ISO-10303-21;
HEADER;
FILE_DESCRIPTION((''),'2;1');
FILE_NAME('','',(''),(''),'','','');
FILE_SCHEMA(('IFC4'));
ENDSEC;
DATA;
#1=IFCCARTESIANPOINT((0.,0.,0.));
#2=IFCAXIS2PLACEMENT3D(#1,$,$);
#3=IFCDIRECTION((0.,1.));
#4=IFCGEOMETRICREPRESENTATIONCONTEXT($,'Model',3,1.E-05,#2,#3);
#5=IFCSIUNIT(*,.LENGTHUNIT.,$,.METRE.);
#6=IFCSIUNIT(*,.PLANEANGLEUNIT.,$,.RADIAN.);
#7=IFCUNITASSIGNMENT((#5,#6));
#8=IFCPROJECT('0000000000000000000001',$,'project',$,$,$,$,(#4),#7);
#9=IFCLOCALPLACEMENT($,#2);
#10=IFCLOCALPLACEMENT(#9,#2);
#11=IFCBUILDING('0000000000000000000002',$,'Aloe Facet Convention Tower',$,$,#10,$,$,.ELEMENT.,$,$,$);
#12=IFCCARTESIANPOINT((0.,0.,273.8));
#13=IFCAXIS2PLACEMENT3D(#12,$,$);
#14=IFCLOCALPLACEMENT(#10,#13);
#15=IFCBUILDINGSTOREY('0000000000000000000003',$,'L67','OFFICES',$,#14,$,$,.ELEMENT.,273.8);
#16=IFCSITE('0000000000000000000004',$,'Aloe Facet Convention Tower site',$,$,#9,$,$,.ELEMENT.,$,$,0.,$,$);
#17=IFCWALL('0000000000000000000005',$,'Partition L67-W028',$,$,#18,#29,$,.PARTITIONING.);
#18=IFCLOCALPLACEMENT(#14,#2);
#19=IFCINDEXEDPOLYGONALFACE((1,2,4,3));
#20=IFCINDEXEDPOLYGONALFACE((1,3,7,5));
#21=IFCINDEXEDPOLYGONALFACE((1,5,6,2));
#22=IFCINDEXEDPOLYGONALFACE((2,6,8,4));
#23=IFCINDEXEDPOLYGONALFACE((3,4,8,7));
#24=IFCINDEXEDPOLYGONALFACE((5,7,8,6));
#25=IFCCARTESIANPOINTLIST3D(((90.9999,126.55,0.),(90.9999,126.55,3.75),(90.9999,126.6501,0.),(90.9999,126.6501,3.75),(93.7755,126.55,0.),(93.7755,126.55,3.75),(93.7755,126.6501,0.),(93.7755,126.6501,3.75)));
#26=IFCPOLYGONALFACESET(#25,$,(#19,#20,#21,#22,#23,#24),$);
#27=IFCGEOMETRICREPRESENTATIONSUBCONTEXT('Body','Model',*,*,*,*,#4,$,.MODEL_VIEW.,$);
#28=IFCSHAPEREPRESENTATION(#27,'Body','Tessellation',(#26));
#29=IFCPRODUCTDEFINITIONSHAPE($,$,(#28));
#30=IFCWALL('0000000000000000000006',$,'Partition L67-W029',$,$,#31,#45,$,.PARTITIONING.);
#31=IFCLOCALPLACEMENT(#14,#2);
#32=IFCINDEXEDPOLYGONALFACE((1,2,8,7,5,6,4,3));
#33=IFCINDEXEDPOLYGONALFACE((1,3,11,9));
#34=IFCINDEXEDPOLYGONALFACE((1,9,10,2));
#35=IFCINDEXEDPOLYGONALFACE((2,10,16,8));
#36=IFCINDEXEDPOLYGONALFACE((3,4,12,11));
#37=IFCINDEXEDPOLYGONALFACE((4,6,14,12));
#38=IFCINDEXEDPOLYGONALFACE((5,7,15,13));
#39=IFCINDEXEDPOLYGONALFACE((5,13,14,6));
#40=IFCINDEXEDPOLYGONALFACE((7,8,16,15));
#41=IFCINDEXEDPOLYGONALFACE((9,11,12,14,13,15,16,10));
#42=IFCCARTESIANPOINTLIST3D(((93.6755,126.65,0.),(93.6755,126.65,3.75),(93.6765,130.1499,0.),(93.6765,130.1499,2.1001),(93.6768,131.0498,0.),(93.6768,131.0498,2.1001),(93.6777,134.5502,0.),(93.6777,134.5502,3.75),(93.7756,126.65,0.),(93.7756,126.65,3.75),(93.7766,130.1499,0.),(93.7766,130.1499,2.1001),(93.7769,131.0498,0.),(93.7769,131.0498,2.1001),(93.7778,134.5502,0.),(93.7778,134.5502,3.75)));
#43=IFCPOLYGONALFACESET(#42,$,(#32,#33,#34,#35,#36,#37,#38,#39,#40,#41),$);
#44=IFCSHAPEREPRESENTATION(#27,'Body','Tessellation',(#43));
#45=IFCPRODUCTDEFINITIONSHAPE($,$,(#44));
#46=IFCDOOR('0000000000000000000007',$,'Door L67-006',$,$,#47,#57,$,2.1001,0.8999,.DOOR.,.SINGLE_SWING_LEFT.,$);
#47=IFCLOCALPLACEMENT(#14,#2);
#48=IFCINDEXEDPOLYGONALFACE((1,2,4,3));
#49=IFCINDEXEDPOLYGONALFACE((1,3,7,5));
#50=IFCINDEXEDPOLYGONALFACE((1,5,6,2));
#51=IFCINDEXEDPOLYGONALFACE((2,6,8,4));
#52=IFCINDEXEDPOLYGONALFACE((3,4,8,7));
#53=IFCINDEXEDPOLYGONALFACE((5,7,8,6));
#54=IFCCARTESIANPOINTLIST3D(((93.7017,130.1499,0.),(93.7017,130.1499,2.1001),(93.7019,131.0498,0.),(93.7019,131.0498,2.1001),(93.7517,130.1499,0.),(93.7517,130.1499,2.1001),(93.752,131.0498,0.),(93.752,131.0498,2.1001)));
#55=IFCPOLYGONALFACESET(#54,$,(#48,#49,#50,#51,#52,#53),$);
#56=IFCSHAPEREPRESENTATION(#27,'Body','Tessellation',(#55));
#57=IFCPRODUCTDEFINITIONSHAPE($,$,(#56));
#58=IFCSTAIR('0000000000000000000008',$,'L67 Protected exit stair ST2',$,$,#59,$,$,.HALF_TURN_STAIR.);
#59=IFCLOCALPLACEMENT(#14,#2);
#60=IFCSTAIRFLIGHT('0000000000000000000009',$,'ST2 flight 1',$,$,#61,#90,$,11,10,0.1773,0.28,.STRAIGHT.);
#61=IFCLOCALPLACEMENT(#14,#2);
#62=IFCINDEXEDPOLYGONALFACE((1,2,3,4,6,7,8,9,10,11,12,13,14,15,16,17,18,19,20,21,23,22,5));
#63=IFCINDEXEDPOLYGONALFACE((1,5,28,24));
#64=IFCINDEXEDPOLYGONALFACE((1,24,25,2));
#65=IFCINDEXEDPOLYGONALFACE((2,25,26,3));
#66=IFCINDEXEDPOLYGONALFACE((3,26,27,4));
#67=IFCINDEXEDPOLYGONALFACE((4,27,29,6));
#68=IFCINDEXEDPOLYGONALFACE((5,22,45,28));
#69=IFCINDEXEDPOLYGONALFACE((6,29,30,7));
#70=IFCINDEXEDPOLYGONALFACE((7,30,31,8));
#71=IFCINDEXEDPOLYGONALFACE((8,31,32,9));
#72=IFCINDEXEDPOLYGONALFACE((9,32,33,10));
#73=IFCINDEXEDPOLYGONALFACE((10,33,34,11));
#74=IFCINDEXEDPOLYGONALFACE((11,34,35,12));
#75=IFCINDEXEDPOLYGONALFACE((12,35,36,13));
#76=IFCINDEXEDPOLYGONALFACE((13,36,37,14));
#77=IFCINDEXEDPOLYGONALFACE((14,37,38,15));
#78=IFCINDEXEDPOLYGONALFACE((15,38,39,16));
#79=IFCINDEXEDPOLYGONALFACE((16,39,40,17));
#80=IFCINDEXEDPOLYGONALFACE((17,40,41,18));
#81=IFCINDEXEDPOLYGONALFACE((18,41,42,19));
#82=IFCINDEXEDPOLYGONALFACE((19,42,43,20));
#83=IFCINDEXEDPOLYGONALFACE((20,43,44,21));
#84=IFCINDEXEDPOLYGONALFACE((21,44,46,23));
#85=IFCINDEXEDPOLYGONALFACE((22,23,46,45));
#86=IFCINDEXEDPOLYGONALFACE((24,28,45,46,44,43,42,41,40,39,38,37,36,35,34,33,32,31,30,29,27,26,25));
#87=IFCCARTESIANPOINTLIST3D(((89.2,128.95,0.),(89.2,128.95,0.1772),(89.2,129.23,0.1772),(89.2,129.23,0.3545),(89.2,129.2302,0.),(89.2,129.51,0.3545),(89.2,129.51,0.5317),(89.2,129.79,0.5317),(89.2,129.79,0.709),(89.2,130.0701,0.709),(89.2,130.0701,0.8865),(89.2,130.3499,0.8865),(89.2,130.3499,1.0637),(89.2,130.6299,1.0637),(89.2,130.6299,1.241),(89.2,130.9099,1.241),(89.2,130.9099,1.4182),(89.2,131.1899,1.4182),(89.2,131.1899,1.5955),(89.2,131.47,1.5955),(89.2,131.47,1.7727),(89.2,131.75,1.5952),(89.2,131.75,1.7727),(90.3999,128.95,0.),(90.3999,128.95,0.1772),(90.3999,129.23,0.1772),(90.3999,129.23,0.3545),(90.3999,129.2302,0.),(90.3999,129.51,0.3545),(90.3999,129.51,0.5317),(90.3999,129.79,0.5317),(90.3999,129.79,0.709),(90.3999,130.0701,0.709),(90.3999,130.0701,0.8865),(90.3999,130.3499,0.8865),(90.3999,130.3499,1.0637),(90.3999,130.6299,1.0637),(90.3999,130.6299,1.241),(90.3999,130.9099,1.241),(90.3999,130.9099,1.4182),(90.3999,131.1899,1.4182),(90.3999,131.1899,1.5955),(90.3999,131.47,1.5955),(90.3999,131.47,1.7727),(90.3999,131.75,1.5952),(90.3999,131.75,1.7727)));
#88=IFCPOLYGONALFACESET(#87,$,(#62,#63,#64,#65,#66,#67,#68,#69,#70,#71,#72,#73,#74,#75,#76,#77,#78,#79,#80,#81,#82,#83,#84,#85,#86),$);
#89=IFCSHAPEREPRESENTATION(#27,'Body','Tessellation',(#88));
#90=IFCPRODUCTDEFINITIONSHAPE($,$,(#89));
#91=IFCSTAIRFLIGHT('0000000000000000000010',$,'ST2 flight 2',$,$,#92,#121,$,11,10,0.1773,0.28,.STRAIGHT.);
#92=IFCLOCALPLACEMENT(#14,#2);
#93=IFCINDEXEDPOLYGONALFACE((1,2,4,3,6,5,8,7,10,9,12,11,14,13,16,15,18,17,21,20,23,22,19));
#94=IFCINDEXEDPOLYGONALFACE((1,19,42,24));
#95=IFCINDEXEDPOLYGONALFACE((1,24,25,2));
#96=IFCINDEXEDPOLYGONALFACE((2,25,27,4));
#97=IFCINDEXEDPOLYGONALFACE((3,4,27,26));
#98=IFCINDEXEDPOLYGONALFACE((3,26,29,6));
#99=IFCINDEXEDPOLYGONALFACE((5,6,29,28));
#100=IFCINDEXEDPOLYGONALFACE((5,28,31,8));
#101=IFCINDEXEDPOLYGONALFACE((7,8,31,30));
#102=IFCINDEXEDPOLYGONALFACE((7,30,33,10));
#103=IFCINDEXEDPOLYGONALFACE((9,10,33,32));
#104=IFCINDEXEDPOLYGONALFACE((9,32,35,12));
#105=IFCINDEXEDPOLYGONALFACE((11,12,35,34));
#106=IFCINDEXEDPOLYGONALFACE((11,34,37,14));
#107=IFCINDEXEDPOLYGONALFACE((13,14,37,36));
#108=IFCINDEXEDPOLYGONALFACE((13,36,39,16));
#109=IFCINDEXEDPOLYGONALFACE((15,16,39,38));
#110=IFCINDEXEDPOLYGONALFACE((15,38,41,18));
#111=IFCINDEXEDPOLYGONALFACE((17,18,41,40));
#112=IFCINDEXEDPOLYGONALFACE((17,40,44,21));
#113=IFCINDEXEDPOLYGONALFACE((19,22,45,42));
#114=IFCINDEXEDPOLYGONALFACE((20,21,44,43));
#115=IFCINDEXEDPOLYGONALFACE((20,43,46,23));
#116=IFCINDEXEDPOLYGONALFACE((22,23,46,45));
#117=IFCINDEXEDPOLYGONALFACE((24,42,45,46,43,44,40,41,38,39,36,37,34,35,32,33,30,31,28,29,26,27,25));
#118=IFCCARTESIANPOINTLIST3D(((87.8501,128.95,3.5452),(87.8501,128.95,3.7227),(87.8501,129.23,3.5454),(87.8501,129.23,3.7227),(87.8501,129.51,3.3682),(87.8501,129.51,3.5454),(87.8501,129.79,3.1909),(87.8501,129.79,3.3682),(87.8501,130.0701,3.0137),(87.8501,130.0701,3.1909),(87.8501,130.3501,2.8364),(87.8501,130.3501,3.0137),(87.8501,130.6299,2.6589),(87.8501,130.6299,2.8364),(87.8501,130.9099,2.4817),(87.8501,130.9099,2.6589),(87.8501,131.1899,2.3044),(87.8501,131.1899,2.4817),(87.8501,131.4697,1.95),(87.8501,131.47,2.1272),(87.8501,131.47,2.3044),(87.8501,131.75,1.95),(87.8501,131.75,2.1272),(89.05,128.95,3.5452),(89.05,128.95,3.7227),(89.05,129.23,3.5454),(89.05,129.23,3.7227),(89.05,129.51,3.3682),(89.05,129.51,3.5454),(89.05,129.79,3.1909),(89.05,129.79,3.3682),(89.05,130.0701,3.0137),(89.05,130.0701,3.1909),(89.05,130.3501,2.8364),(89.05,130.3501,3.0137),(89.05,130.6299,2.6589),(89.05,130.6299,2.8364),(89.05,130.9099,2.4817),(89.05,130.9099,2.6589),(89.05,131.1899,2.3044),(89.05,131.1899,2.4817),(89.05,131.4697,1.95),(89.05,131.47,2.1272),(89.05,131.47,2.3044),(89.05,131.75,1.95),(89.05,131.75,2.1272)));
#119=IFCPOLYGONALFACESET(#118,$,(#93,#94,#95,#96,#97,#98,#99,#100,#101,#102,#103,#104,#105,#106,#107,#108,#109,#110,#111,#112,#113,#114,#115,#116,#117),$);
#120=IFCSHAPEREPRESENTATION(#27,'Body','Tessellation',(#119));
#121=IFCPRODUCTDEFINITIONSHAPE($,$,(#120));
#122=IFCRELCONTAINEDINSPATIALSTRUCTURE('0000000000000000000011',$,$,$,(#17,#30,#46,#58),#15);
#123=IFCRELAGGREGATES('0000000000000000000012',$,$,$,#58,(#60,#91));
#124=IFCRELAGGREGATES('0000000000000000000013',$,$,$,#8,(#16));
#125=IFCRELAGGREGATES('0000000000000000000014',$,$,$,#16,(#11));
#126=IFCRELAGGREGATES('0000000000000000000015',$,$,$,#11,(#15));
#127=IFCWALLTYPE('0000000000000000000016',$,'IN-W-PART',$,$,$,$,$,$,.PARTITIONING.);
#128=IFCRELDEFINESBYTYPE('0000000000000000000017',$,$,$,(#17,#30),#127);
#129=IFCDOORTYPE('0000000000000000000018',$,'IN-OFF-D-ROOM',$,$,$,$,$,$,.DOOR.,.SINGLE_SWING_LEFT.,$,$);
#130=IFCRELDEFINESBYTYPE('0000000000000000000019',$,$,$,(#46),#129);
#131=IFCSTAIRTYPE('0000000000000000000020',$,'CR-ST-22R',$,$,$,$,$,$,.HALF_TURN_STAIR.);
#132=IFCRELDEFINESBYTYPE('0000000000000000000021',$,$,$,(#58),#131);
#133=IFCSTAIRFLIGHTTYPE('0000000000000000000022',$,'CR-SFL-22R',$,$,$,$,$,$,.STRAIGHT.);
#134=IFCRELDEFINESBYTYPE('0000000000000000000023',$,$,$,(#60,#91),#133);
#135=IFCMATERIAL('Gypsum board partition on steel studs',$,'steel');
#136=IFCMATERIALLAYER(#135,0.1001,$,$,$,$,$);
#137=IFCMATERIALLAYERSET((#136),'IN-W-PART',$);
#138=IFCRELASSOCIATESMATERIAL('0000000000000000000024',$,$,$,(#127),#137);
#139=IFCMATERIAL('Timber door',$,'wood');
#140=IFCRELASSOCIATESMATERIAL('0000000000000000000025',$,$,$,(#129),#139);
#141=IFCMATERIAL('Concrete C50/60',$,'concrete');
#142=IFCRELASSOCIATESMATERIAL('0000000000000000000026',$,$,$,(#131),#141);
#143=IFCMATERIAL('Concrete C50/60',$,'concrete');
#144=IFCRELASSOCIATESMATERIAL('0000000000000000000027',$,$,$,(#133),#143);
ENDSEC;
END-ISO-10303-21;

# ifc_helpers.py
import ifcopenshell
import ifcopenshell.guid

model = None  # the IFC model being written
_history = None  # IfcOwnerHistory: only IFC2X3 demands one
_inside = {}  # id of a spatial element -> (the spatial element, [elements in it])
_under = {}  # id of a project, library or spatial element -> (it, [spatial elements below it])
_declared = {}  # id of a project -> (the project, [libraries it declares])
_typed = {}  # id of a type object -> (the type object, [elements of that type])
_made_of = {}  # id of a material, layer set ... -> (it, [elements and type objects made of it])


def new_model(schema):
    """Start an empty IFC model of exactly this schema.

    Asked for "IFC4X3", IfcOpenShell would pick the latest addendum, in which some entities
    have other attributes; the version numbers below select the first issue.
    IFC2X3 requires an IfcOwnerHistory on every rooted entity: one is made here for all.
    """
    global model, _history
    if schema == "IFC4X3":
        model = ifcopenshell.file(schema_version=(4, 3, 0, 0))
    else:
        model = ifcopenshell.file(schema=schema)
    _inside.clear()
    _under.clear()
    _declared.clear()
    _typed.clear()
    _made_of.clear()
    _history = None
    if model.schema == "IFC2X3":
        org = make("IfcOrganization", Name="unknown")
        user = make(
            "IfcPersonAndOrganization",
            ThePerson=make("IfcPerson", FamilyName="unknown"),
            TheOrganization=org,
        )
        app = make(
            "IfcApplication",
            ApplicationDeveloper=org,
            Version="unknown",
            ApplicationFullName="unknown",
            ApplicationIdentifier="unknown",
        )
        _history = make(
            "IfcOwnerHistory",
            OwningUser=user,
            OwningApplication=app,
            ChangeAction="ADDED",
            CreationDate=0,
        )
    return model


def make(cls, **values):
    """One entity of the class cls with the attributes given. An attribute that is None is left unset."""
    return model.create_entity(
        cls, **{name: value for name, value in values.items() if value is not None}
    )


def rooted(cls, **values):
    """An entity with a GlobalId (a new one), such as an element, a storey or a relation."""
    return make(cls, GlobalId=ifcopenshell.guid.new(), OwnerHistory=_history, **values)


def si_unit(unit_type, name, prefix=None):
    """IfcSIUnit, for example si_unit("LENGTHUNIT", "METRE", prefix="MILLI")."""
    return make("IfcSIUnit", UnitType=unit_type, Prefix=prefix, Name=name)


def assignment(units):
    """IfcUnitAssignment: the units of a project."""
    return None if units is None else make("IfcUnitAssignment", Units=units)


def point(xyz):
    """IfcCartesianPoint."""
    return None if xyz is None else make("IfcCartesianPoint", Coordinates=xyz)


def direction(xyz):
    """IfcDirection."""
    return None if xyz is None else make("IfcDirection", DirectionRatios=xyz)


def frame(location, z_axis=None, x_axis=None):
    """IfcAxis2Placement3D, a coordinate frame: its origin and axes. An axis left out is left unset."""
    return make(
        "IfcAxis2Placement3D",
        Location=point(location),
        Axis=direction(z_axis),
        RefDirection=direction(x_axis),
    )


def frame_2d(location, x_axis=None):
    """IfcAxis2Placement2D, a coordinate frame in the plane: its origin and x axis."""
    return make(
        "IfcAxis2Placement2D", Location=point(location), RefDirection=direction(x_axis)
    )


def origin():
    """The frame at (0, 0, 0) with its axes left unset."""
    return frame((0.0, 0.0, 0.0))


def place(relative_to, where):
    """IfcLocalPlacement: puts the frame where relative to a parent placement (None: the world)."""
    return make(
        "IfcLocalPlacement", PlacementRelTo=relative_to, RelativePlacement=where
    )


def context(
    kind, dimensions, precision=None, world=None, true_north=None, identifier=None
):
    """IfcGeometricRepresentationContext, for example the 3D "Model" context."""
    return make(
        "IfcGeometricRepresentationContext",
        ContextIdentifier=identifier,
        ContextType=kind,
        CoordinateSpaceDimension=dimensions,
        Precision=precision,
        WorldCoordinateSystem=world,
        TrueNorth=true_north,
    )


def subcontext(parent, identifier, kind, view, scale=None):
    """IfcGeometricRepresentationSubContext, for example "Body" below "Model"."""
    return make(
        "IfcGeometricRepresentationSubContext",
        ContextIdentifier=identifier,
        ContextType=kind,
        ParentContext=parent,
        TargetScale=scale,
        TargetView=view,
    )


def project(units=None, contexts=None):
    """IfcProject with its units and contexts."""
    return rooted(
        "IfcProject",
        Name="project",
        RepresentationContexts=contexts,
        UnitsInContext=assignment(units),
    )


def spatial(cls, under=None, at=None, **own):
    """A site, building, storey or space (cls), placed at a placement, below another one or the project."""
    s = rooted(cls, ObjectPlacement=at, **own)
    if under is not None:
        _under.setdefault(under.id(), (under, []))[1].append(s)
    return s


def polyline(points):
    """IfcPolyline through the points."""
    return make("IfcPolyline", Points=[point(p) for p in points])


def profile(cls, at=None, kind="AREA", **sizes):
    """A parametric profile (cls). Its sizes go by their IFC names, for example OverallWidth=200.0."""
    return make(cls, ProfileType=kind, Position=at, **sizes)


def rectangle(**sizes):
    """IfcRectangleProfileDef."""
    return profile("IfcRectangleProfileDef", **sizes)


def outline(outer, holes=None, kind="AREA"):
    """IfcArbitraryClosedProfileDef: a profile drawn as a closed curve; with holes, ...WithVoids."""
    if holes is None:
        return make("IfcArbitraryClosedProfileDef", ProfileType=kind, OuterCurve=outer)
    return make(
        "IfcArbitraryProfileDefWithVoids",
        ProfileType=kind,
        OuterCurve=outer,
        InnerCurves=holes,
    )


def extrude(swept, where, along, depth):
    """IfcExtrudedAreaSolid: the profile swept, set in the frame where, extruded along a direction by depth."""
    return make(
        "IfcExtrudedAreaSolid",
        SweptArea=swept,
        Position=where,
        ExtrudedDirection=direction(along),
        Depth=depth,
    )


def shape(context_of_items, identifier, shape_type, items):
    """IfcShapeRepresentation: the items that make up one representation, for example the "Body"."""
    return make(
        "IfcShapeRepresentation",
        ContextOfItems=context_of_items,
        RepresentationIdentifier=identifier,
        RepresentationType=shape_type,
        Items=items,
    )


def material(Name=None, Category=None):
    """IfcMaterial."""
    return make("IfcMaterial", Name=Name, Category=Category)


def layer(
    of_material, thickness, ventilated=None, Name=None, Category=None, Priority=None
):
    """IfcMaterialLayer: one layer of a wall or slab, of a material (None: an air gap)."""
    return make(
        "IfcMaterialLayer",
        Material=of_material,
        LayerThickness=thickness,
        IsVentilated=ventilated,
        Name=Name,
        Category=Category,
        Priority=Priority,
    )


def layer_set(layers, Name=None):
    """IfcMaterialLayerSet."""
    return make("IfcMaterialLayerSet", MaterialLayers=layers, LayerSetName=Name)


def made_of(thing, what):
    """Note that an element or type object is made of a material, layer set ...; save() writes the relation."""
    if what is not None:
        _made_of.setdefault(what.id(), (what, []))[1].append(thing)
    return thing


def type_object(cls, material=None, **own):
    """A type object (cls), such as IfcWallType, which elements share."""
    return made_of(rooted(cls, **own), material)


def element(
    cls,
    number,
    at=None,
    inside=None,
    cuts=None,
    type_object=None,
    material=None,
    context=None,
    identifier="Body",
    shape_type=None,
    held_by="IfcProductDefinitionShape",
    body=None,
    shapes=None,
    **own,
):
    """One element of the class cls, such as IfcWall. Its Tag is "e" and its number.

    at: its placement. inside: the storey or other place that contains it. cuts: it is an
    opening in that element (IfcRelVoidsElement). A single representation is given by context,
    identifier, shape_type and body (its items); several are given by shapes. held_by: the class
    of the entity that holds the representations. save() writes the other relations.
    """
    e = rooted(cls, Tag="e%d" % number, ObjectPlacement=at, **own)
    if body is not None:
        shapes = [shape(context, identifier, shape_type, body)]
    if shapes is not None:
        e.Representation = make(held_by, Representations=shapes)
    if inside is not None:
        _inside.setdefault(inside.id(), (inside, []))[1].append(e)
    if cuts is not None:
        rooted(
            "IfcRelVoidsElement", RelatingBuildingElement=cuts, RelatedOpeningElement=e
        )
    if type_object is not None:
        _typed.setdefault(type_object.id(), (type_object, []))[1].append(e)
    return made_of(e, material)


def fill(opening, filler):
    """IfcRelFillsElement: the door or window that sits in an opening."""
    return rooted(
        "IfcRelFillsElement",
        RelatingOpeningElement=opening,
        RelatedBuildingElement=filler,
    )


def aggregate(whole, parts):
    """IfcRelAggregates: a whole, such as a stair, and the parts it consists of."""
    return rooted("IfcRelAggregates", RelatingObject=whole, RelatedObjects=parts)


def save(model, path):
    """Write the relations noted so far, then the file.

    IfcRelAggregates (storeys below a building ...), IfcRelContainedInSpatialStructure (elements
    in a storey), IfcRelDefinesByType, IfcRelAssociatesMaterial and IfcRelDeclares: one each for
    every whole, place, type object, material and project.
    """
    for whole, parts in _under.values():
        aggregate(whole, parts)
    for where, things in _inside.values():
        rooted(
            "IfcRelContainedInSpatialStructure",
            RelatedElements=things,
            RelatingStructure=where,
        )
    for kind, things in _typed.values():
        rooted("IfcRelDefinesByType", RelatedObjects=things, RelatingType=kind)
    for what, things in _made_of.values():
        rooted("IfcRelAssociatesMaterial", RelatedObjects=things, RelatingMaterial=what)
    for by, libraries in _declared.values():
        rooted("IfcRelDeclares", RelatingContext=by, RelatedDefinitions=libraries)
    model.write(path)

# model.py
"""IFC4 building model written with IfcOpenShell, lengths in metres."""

from ifc_helpers import new_model, si_unit, direction, frame, frame_2d, origin, place, context, subcontext, project, spatial, polyline, rectangle, outline, extrude, material, layer, layer_set, type_object, element, fill, aggregate, save


model = new_model("IFC4")

# Units and contexts
model_context = context("Model", 3, precision=1e-05, world=origin(), true_north=direction((0.0, 1.0)))
body_context = subcontext(model_context, "Body", "Model", "MODEL_VIEW")
ifc_project = project(units=[si_unit("LENGTHUNIT", "METRE"), si_unit("PLANEANGLEUNIT", "RADIAN")], contexts=[model_context])

# Site, building, storey
site_placement = place(None, origin())
site = spatial("IfcSite", under=ifc_project, at=site_placement, Name="Aloe Facet Convention Tower site", CompositionType="ELEMENT", RefElevation=0.0)
building_placement = place(site_placement, origin())
building = spatial("IfcBuilding", under=site, at=building_placement, Name="Aloe Facet Convention Tower", CompositionType="ELEMENT")
storey_placement = place(building_placement, frame((0.0, 0.0, 273.8)))
storey = spatial("IfcBuildingStorey", under=building, at=storey_placement, Name="L67", Description="OFFICES", CompositionType="ELEMENT", Elevation=273.8)

# Wall
ifc_material_1 = material(Name="Gypsum board partition on steel studs", Category="steel")
ifc_layer_1 = layer(ifc_material_1, 0.1001)
ifc_layer_set_1 = layer_set([ifc_layer_1], Name="IN-W-PART")
wall_type_1 = type_object("IfcWallType", Name="IN-W-PART", PredefinedType="PARTITIONING", material=ifc_layer_set_1)
wall_1_placement = place(storey_placement, frame((91.0, 126.6001, 0.0), z_axis=(0.0, 0.0, 1.0), x_axis=(1.0, 0.0, 0.0)))
element("IfcWall", 1, at=wall_1_placement, inside=storey, type_object=wall_type_1, Name="Partition L67-W028", PredefinedType="PARTITIONING", context=body_context, shape_type="SweptSolid", body=[
    extrude(rectangle(XDim=2.7756, YDim=0.1001, at=frame_2d((1.3877, 0.0))), origin(), (0.0, 0.0, 1.0), 3.75),
])

# Wall, opening, door
wall_2_placement = place(storey_placement, frame((93.7256, 126.6499, 0.0), z_axis=(0.0, 0.0, 1.0), x_axis=(0.000278, 1.0, 0.0)))
wall_2 = element("IfcWall", 2, at=wall_2_placement, inside=storey, type_object=wall_type_1, Name="Partition L67-W029", PredefinedType="PARTITIONING", context=body_context, shape_type="SweptSolid", body=[
    extrude(rectangle(XDim=7.9001, YDim=0.1001, at=frame_2d((3.9502, 0.0))), origin(), (0.0, 0.0, 1.0), 3.75),
])
opening_1_placement = place(wall_2_placement, frame((3.5, 0.0, 0.0)))
opening_1 = element("IfcOpeningElement", 3, at=opening_1_placement, cuts=wall_2, PredefinedType="OPENING", context=body_context, shape_type="SweptSolid", body=[
    extrude(rectangle(XDim=0.8999, YDim=2.1001, at=frame_2d((0.45, 1.05))), frame((0.0, 0.0601, 0.0), z_axis=(0.0, -1.0, 0.0), x_axis=(1.0, 0.0, 0.0)), (0.0, 0.0, 1.0), 0.1201),
])
ifc_material_2 = material(Name="Timber door", Category="wood")
door_type = type_object("IfcDoorType", Name="IN-OFF-D-ROOM", OperationType="SINGLE_SWING_LEFT", PredefinedType="DOOR", material=ifc_material_2)
door_placement = place(opening_1_placement, origin())
door = element("IfcDoor", 4, at=door_placement, inside=storey, type_object=door_type, Name="Door L67-006", OperationType="SINGLE_SWING_LEFT", OverallHeight=2.1001, OverallWidth=0.8999, PredefinedType="DOOR", context=body_context, shape_type="SweptSolid", body=[
    extrude(rectangle(XDim=0.8999, YDim=2.1001, at=frame_2d((0.45, 1.05))), frame((0.0, 0.0249, 0.0), z_axis=(0.0, -1.0, 0.0), x_axis=(1.0, 0.0, 0.0)), (0.0, 0.0, 1.0), 0.05),
])
fill(opening_1, door)

# Stair, stair flights
ifc_material_3 = material(Name="Concrete C50/60", Category="concrete")
stair_type = type_object("IfcStairType", Name="CR-ST-22R", PredefinedType="HALF_TURN_STAIR", material=ifc_material_3)
stair_placement = place(storey_placement, origin())
stair = element("IfcStair", 5, at=stair_placement, inside=storey, type_object=stair_type, Name="L67 Protected exit stair ST2", PredefinedType="HALF_TURN_STAIR")
ifc_material_4 = material(Name="Concrete C50/60", Category="concrete")
stair_flight_type = type_object("IfcStairFlightType", Name="CR-SFL-22R", PredefinedType="STRAIGHT", material=ifc_material_4)
stair_flight_1_placement = place(storey_placement, frame((89.8, 128.95, 0.0), z_axis=(0.0, 0.0, 1.0), x_axis=(0.0, 1.0, 0.0)))
stair_flight_1 = element("IfcStairFlight", 6, at=stair_flight_1_placement, type_object=stair_flight_type, Name="ST2 flight 1", NumberOfRisers=11, NumberOfTreads=10, PredefinedType="STRAIGHT", RiserHeight=0.1773, TreadLength=0.28, context=body_context, shape_type="SweptSolid", body=[
    extrude(outline(polyline([(0.0, 0.0), (0.0, 0.1772), (0.28, 0.1772), (0.28, 0.3545), (0.5601, 0.3545), (0.5601, 0.5317), (0.8401, 0.5317), (0.8401, 0.709), (1.1201, 0.709), (1.1201, 0.8865), (1.3999, 0.8865), (1.3999, 1.0637), (1.6799, 1.0637), (1.6799, 1.241), (1.96, 1.241), (1.96, 1.4182), (2.24, 1.4182), (2.24, 1.5955), (2.52, 1.5955), (2.52, 1.7727), (2.8, 1.7727), (2.8, 1.95), (2.8, 1.5952), (0.2803, 0.0), (0.0, 0.0)])), frame((0.0, 0.6001, 0.0), z_axis=(0.0, -1.0, 0.0), x_axis=(1.0, 0.0, 0.0)), (0.0, 0.0, 1.0), 1.2),
])
stair_flight_2_placement = place(storey_placement, frame((88.45, 131.75, 1.95), z_axis=(0.0, 0.0, 1.0), x_axis=(0.0, -1.0, 0.0)))
stair_flight_2 = element("IfcStairFlight", 7, at=stair_flight_2_placement, type_object=stair_flight_type, Name="ST2 flight 2", NumberOfRisers=11, NumberOfTreads=10, PredefinedType="STRAIGHT", RiserHeight=0.1773, TreadLength=0.28, context=body_context, shape_type="SweptSolid", body=[
    extrude(outline(polyline([(0.0, 0.0), (0.0, 0.1772), (0.28, 0.1772), (0.28, 0.3545), (0.5601, 0.3545), (0.5601, 0.5317), (0.8401, 0.5317), (0.8401, 0.709), (1.1201, 0.709), (1.1201, 0.8865), (1.3999, 0.8865), (1.3999, 1.0637), (1.6799, 1.0637), (1.6799, 1.241), (1.96, 1.241), (1.96, 1.4182), (2.24, 1.4182), (2.24, 1.5955), (2.52, 1.5955), (2.52, 1.7727), (2.8, 1.7727), (2.8, 1.95), (2.8, 1.5952), (0.2803, 0.0), (0.0, 0.0)])), frame((0.0, 0.6001, 0.0), z_axis=(0.0, -1.0, 0.0), x_axis=(1.0, 0.0, 0.0)), (0.0, 0.0, 1.0), 1.2),
])
aggregate(stair, [stair_flight_1, stair_flight_2])

save(model, "model.ifc")
